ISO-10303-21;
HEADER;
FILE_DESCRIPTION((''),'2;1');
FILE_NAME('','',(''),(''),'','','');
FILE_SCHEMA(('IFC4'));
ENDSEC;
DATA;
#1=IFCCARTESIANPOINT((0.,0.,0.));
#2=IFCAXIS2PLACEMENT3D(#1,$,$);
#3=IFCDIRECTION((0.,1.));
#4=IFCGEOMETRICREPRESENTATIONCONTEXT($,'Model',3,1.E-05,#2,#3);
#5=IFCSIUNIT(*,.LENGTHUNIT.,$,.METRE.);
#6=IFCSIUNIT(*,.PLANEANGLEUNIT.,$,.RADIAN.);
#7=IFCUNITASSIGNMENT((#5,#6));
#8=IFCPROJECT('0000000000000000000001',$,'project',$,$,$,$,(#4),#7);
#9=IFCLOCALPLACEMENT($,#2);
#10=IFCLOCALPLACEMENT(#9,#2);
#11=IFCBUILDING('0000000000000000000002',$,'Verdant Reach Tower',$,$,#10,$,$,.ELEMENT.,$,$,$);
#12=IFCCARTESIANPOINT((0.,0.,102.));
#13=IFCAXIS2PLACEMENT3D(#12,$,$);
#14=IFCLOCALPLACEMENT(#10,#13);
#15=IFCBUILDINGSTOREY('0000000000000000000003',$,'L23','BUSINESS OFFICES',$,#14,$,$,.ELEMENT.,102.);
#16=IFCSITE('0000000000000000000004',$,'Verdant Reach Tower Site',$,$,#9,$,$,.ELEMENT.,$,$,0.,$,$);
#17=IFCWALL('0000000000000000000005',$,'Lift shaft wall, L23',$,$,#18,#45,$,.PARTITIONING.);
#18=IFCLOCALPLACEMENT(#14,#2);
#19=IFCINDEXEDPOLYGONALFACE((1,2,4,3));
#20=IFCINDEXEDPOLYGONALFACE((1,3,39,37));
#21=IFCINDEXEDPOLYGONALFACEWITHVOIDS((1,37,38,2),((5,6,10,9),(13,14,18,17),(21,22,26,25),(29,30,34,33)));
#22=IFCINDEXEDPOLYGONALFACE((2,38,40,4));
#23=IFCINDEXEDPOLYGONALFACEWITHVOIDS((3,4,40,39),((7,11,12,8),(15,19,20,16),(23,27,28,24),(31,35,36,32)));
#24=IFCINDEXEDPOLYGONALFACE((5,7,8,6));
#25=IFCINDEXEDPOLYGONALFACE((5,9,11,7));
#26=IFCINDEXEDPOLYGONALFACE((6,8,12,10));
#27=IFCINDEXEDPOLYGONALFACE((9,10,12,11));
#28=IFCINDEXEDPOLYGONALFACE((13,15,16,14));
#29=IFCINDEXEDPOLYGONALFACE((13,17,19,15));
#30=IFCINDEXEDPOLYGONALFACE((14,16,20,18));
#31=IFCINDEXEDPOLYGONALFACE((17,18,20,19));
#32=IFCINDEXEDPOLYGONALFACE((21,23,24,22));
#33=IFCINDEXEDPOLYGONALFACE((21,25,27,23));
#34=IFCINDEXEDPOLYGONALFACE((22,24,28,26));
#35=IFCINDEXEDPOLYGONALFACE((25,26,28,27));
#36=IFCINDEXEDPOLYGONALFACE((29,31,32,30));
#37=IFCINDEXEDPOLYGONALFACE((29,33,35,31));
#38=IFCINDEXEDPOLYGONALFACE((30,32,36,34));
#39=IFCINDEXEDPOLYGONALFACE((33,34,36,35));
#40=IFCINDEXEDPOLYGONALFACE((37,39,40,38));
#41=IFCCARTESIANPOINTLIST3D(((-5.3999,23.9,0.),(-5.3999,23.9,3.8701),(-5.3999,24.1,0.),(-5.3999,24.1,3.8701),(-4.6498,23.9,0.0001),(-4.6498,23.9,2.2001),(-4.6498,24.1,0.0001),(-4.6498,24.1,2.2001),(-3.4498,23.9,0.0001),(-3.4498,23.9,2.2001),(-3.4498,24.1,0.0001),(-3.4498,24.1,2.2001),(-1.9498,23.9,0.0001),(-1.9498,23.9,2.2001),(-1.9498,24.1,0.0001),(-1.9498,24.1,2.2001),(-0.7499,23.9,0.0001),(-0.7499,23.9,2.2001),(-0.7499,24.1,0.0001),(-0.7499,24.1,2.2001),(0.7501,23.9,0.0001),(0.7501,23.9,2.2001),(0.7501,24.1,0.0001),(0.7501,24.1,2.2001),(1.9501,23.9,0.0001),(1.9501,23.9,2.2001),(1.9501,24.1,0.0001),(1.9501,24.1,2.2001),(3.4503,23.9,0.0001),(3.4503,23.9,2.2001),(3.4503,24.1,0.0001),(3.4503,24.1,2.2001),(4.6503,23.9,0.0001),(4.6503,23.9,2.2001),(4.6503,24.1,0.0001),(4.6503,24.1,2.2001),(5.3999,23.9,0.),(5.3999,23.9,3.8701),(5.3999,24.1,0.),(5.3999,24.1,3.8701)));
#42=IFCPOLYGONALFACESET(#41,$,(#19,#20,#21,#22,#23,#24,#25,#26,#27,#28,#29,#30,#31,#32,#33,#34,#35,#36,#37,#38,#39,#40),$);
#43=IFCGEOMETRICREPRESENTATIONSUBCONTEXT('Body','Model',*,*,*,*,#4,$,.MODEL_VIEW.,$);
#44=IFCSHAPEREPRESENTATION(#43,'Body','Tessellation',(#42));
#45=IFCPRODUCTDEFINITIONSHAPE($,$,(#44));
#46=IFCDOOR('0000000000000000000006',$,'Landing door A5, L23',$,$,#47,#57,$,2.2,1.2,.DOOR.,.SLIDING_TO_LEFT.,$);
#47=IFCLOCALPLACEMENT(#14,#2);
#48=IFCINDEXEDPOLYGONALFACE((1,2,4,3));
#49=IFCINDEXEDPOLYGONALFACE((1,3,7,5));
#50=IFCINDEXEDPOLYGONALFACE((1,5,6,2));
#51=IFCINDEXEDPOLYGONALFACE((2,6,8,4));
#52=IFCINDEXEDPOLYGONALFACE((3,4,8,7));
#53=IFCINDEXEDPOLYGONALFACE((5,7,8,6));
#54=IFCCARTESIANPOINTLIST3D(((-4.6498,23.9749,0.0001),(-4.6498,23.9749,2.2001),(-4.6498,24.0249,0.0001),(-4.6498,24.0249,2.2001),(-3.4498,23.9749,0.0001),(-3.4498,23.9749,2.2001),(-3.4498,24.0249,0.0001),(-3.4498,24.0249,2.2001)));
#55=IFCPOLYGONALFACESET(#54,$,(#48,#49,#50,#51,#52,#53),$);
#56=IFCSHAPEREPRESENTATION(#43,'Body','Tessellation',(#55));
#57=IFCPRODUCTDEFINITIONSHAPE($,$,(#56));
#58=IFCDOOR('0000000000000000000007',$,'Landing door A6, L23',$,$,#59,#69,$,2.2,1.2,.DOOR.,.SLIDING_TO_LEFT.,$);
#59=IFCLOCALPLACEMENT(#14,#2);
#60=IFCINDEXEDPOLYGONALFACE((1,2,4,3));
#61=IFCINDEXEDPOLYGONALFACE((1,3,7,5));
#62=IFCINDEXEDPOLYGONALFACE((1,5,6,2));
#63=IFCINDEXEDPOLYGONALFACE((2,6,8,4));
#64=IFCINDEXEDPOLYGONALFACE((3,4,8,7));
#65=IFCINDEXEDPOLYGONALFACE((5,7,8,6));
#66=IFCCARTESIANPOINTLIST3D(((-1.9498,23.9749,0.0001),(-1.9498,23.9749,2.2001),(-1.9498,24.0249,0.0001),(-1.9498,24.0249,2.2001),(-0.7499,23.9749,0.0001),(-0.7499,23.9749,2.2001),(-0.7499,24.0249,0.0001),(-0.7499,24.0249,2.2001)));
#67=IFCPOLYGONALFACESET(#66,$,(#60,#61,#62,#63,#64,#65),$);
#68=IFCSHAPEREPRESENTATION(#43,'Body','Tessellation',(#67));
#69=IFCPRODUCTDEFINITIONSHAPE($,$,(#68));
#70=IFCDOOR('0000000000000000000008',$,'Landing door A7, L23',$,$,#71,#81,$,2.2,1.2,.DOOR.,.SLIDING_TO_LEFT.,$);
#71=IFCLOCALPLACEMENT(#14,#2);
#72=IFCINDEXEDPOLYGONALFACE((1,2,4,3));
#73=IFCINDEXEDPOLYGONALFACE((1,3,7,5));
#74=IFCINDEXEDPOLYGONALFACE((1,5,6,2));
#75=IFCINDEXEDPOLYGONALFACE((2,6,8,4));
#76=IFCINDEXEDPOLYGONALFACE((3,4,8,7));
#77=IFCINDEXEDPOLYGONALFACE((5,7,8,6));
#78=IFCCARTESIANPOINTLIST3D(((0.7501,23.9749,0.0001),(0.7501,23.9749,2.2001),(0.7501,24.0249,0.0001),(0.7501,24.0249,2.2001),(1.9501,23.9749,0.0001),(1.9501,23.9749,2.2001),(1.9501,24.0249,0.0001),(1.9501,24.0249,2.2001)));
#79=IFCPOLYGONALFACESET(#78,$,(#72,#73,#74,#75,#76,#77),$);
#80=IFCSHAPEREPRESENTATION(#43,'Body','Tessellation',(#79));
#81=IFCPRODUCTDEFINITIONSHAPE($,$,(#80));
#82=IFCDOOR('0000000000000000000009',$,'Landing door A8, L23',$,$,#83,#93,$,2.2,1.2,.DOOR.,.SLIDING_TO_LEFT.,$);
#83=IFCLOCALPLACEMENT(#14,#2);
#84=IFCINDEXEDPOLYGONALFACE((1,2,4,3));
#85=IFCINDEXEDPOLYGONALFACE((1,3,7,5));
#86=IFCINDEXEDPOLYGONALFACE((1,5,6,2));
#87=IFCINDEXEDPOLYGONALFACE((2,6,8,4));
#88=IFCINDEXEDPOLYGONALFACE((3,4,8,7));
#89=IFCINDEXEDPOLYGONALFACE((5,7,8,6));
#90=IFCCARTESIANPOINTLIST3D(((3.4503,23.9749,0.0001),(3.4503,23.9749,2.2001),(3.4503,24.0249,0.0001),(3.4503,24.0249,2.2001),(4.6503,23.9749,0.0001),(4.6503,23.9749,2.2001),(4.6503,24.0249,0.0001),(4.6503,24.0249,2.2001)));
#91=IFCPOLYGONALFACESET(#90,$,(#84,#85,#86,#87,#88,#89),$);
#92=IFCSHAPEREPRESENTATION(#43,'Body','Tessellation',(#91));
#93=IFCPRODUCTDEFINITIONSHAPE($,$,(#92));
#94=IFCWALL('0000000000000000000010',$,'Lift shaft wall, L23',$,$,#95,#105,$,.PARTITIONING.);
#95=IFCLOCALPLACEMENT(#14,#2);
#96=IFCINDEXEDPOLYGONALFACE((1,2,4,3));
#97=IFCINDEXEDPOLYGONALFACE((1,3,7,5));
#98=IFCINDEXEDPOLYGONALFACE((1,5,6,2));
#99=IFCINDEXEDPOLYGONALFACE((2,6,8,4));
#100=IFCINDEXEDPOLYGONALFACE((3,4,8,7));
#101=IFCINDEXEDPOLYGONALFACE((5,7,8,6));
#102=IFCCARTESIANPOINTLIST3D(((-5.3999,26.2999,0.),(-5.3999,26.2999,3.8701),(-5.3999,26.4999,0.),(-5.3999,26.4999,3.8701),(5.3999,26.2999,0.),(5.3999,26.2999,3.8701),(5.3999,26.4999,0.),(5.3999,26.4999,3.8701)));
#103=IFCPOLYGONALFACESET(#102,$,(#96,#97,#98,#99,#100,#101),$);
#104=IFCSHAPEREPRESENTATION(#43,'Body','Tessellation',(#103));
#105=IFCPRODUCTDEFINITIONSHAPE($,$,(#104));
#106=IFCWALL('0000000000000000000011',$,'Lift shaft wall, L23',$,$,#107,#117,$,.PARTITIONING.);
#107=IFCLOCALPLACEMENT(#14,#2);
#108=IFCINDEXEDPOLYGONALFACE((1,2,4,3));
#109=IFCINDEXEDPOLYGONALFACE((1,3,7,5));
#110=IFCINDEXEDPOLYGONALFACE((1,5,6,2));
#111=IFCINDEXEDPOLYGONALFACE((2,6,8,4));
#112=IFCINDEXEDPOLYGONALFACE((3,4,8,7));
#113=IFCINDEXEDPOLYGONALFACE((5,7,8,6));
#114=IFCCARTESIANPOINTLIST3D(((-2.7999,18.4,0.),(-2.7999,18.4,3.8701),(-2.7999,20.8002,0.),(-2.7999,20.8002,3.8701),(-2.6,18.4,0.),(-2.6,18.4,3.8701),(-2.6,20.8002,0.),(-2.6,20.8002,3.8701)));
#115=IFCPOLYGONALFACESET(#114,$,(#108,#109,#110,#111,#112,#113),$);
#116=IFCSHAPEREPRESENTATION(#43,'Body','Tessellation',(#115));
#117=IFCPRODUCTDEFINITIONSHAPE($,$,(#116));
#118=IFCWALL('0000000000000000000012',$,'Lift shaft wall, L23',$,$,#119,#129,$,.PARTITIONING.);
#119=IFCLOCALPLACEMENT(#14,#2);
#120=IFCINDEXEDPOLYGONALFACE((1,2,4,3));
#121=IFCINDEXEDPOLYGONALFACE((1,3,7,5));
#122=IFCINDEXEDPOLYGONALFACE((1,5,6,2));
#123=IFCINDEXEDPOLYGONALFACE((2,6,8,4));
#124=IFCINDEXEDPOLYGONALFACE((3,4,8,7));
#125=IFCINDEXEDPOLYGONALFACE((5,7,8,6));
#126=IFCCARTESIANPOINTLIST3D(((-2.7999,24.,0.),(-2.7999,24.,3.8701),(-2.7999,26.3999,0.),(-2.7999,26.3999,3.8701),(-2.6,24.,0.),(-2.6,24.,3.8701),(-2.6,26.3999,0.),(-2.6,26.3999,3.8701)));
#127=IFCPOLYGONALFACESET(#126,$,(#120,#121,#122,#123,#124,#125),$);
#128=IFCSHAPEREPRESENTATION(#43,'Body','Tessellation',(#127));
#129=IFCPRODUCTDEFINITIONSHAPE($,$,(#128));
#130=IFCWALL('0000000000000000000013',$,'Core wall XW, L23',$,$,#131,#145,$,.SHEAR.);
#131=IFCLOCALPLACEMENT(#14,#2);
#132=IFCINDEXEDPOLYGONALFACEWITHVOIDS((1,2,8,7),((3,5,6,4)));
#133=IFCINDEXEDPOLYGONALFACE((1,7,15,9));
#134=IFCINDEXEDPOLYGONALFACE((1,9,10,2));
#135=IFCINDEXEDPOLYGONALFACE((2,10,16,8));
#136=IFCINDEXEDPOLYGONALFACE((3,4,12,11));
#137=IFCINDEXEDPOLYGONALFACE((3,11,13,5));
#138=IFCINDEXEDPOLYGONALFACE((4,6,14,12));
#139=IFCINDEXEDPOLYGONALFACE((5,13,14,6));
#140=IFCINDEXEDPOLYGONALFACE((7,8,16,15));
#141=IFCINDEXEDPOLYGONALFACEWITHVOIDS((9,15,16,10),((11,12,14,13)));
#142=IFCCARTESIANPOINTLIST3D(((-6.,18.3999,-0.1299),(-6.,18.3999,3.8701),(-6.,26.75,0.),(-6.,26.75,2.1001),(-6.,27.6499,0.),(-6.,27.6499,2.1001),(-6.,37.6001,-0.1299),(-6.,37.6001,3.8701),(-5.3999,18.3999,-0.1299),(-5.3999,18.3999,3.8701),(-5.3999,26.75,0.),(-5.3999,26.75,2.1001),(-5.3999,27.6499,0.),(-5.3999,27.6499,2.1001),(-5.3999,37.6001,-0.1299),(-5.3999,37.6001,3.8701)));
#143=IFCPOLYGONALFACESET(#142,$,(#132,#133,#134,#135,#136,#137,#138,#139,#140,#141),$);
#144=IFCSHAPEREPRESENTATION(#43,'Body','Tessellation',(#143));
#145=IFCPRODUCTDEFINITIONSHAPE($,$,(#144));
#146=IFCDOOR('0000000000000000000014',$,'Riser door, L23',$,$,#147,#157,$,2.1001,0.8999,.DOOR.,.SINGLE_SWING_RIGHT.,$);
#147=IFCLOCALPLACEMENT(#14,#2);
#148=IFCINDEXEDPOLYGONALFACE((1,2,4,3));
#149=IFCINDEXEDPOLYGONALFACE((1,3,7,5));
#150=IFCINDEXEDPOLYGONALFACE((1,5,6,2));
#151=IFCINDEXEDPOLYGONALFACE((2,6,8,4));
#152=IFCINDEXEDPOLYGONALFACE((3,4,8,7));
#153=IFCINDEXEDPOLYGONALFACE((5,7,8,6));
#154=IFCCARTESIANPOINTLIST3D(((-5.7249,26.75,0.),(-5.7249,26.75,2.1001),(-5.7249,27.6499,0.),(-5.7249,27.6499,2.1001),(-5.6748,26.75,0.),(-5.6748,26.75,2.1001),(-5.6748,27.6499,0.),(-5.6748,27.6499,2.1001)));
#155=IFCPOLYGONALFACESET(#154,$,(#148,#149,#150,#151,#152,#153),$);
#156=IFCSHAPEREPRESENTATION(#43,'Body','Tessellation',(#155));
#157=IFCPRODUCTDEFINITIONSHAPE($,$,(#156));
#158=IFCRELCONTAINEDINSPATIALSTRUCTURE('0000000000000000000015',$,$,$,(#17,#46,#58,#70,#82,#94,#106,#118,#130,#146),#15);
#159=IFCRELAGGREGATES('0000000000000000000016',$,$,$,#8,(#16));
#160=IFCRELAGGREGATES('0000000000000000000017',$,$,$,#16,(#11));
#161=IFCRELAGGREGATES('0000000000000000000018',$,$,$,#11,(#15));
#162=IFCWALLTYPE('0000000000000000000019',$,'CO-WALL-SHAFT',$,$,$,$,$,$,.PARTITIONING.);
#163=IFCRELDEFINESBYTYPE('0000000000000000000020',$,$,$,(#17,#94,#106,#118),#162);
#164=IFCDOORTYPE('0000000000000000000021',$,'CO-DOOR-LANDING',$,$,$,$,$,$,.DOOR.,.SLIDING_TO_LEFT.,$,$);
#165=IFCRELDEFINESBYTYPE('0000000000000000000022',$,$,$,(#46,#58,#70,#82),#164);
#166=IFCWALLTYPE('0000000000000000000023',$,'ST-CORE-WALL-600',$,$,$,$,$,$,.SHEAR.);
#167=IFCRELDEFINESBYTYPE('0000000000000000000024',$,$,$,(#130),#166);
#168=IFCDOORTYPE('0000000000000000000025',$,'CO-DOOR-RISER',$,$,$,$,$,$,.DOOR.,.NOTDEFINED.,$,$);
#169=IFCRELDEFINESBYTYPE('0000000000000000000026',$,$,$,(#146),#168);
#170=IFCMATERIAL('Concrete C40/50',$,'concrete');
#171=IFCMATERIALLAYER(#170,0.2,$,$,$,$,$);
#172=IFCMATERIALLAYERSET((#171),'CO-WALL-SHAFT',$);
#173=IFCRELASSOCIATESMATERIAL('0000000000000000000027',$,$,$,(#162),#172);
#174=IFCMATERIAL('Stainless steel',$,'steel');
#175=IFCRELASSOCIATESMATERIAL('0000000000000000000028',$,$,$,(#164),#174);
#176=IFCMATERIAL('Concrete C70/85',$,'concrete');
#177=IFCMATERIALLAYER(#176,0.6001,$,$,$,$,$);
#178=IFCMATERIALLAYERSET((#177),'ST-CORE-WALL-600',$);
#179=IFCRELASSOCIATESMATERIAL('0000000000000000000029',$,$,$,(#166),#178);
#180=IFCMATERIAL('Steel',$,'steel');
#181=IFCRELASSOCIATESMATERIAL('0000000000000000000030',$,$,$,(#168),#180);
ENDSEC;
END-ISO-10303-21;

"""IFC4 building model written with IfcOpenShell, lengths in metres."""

from ifc_helpers import new_model, si_unit, direction, frame, frame_2d, origin, place, context, subcontext, project, spatial, rectangle, extrude, material, layer, layer_set, type_object, element, fill, save


model = new_model("IFC4")

# Units and contexts
model_context = context("Model", 3, precision=1e-05, world=origin(), true_north=direction((0.0, 1.0)))
body_context = subcontext(model_context, "Body", "Model", "MODEL_VIEW")
ifc_project = project(units=[si_unit("LENGTHUNIT", "METRE"), si_unit("PLANEANGLEUNIT", "RADIAN")], contexts=[model_context])

# Site, building, storey
site_placement = place(None, origin())
site = spatial("IfcSite", under=ifc_project, at=site_placement, Name="Verdant Reach Tower Site", CompositionType="ELEMENT", RefElevation=0.0)
building_placement = place(site_placement, origin())
building = spatial("IfcBuilding", under=site, at=building_placement, Name="Verdant Reach Tower", CompositionType="ELEMENT")
storey_placement = place(building_placement, frame((0.0, 0.0, 102.0)))
storey = spatial("IfcBuildingStorey", under=building, at=storey_placement, Name="L23", Description="BUSINESS OFFICES", CompositionType="ELEMENT", Elevation=102.0)

# Wall, openings, doors
ifc_material_1 = material(Name="Concrete C40/50", Category="concrete")
ifc_layer_1 = layer(ifc_material_1, 0.2)
ifc_layer_set_1 = layer_set([ifc_layer_1], Name="CO-WALL-SHAFT")
wall_type_1 = type_object("IfcWallType", Name="CO-WALL-SHAFT", PredefinedType="PARTITIONING", material=ifc_layer_set_1)
ifc_material_2 = material(Name="Stainless steel", Category="steel")
door_type_1 = type_object("IfcDoorType", Name="CO-DOOR-LANDING", OperationType="SLIDING_TO_LEFT", PredefinedType="DOOR", material=ifc_material_2)
wall_1_placement = place(storey_placement, frame((-5.3999, 24.0, 0.0), z_axis=(0.0, 0.0, 1.0), x_axis=(1.0, 0.0, 0.0)))
wall_1 = element("IfcWall", 1, at=wall_1_placement, inside=storey, type_object=wall_type_1, Name="Lift shaft wall, L23", PredefinedType="PARTITIONING", context=body_context, shape_type="SweptSolid", body=[
    extrude(rectangle(XDim=10.7998, YDim=0.2, at=frame_2d((5.3999, 0.0))), origin(), (0.0, 0.0, 1.0), 3.8701),
])
opening_1_placement = place(wall_1_placement, frame((0.75, 0.0, 0.0)))
opening_1 = element("IfcOpeningElement", 2, at=opening_1_placement, cuts=wall_1, PredefinedType="OPENING", context=body_context, shape_type="SweptSolid", body=[
    extrude(rectangle(XDim=1.2, YDim=2.2, at=frame_2d((0.6001, 1.1001))), frame((0.0, 0.1099, 0.0), z_axis=(0.0, -1.0, 0.0), x_axis=(1.0, 0.0, 0.0)), (0.0, 0.0, 1.0), 0.22),
])
opening_2_placement = place(wall_1_placement, frame((3.45, 0.0, 0.0)))
opening_2 = element("IfcOpeningElement", 3, at=opening_2_placement, cuts=wall_1, PredefinedType="OPENING", context=body_context, shape_type="SweptSolid", body=[
    extrude(rectangle(XDim=1.2, YDim=2.2, at=frame_2d((0.6001, 1.1001))), frame((0.0, 0.1099, 0.0), z_axis=(0.0, -1.0, 0.0), x_axis=(1.0, 0.0, 0.0)), (0.0, 0.0, 1.0), 0.22),
])
opening_3_placement = place(wall_1_placement, frame((6.1499, 0.0, 0.0)))
opening_3 = element("IfcOpeningElement", 4, at=opening_3_placement, cuts=wall_1, PredefinedType="OPENING", context=body_context, shape_type="SweptSolid", body=[
    extrude(rectangle(XDim=1.2, YDim=2.2, at=frame_2d((0.6001, 1.1001))), frame((0.0, 0.1099, 0.0), z_axis=(0.0, -1.0, 0.0), x_axis=(1.0, 0.0, 0.0)), (0.0, 0.0, 1.0), 0.22),
])
opening_4_placement = place(wall_1_placement, frame((8.8501, 0.0, 0.0)))
opening_4 = element("IfcOpeningElement", 5, at=opening_4_placement, cuts=wall_1, PredefinedType="OPENING", context=body_context, shape_type="SweptSolid", body=[
    extrude(rectangle(XDim=1.2, YDim=2.2, at=frame_2d((0.6001, 1.1001))), frame((0.0, 0.1099, 0.0), z_axis=(0.0, -1.0, 0.0), x_axis=(1.0, 0.0, 0.0)), (0.0, 0.0, 1.0), 0.22),
])
door_1_placement = place(opening_1_placement, origin())
door_1 = element("IfcDoor", 6, at=door_1_placement, inside=storey, type_object=door_type_1, Name="Landing door A5, L23", OperationType="SLIDING_TO_LEFT", OverallHeight=2.2, OverallWidth=1.2, PredefinedType="DOOR", context=body_context, shape_type="SweptSolid", body=[
    extrude(rectangle(XDim=1.2, YDim=2.2, at=frame_2d((0.6001, 1.1001))), frame((0.0, 0.0249, 0.0), z_axis=(0.0, -1.0, 0.0), x_axis=(1.0, 0.0, 0.0)), (0.0, 0.0, 1.0), 0.05),
])
fill(opening_1, door_1)
door_2_placement = place(opening_2_placement, origin())
door_2 = element("IfcDoor", 7, at=door_2_placement, inside=storey, type_object=door_type_1, Name="Landing door A6, L23", OperationType="SLIDING_TO_LEFT", OverallHeight=2.2, OverallWidth=1.2, PredefinedType="DOOR", context=body_context, shape_type="SweptSolid", body=[
    extrude(rectangle(XDim=1.2, YDim=2.2, at=frame_2d((0.6001, 1.1001))), frame((0.0, 0.0249, 0.0), z_axis=(0.0, -1.0, 0.0), x_axis=(1.0, 0.0, 0.0)), (0.0, 0.0, 1.0), 0.05),
])
fill(opening_2, door_2)
door_3_placement = place(opening_3_placement, origin())
door_3 = element("IfcDoor", 8, at=door_3_placement, inside=storey, type_object=door_type_1, Name="Landing door A7, L23", OperationType="SLIDING_TO_LEFT", OverallHeight=2.2, OverallWidth=1.2, PredefinedType="DOOR", context=body_context, shape_type="SweptSolid", body=[
    extrude(rectangle(XDim=1.2, YDim=2.2, at=frame_2d((0.6001, 1.1001))), frame((0.0, 0.0249, 0.0), z_axis=(0.0, -1.0, 0.0), x_axis=(1.0, 0.0, 0.0)), (0.0, 0.0, 1.0), 0.05),
])
fill(opening_3, door_3)
door_4_placement = place(opening_4_placement, origin())
door_4 = element("IfcDoor", 9, at=door_4_placement, inside=storey, type_object=door_type_1, Name="Landing door A8, L23", OperationType="SLIDING_TO_LEFT", OverallHeight=2.2, OverallWidth=1.2, PredefinedType="DOOR", context=body_context, shape_type="SweptSolid", body=[
    extrude(rectangle(XDim=1.2, YDim=2.2, at=frame_2d((0.6001, 1.1001))), frame((0.0, 0.0249, 0.0), z_axis=(0.0, -1.0, 0.0), x_axis=(1.0, 0.0, 0.0)), (0.0, 0.0, 1.0), 0.05),
])
fill(opening_4, door_4)

# Walls
wall_2_placement = place(storey_placement, frame((-5.3999, 26.3999, 0.0), z_axis=(0.0, 0.0, 1.0), x_axis=(1.0, 0.0, 0.0)))
element("IfcWall", 10, at=wall_2_placement, inside=storey, type_object=wall_type_1, Name="Lift shaft wall, L23", PredefinedType="PARTITIONING", context=body_context, shape_type="SweptSolid", body=[
    extrude(rectangle(XDim=10.7998, YDim=0.2, at=frame_2d((5.3999, 0.0))), origin(), (0.0, 0.0, 1.0), 3.8701),
])
wall_3_placement = place(storey_placement, frame((-2.7, 18.3999, 0.0), z_axis=(0.0, 0.0, 1.0), x_axis=(0.0, 1.0, 0.0)))
element("IfcWall", 11, at=wall_3_placement, inside=storey, type_object=wall_type_1, Name="Lift shaft wall, L23", PredefinedType="PARTITIONING", context=body_context, shape_type="SweptSolid", body=[
    extrude(rectangle(XDim=2.4001, YDim=0.2, at=frame_2d((1.2002, 0.0))), origin(), (0.0, 0.0, 1.0), 3.8701),
])
wall_4_placement = place(storey_placement, frame((-2.7, 24.0, 0.0), z_axis=(0.0, 0.0, 1.0), x_axis=(0.0, 1.0, 0.0)))
element("IfcWall", 12, at=wall_4_placement, inside=storey, type_object=wall_type_1, Name="Lift shaft wall, L23", PredefinedType="PARTITIONING", context=body_context, shape_type="SweptSolid", body=[
    extrude(rectangle(XDim=2.3999, YDim=0.2, at=frame_2d((1.2, 0.0))), origin(), (0.0, 0.0, 1.0), 3.8701),
])

# Wall, opening, door
ifc_material_3 = material(Name="Concrete C70/85", Category="concrete")
ifc_layer_2 = layer(ifc_material_3, 0.6001)
ifc_layer_set_2 = layer_set([ifc_layer_2], Name="ST-CORE-WALL-600")
wall_type_2 = type_object("IfcWallType", Name="ST-CORE-WALL-600", PredefinedType="SHEAR", material=ifc_layer_set_2)
wall_5_placement = place(storey_placement, frame((-5.7, 18.3999, -0.1299), z_axis=(0.0, 0.0, 1.0), x_axis=(0.0, 1.0, 0.0)))
wall_5 = element("IfcWall", 13, at=wall_5_placement, inside=storey, type_object=wall_type_2, Name="Core wall XW, L23", PredefinedType="SHEAR", context=body_context, shape_type="SweptSolid", body=[
    extrude(rectangle(XDim=19.2002, YDim=0.6001, at=frame_2d((9.6001, 0.0))), origin(), (0.0, 0.0, 1.0), 4.0),
])
opening_5_placement = place(wall_5_placement, frame((8.3501, 0.0, 0.1299)))
opening_5 = element("IfcOpeningElement", 14, at=opening_5_placement, cuts=wall_5, PredefinedType="OPENING", context=body_context, shape_type="SweptSolid", body=[
    extrude(rectangle(XDim=0.8999, YDim=2.1001, at=frame_2d((0.45, 1.05))), frame((0.0, 0.3101, 0.0), z_axis=(0.0, -1.0, 0.0), x_axis=(1.0, 0.0, 0.0)), (0.0, 0.0, 1.0), 0.6201),
])
ifc_material_4 = material(Name="Steel", Category="steel")
door_type_2 = type_object("IfcDoorType", Name="CO-DOOR-RISER", OperationType="NOTDEFINED", PredefinedType="DOOR", material=ifc_material_4)
door_5_placement = place(opening_5_placement, origin())
door_5 = element("IfcDoor", 15, at=door_5_placement, inside=storey, type_object=door_type_2, Name="Riser door, L23", OperationType="SINGLE_SWING_RIGHT", OverallHeight=2.1001, OverallWidth=0.8999, PredefinedType="DOOR", context=body_context, shape_type="SweptSolid", body=[
    extrude(rectangle(XDim=0.8999, YDim=2.1001, at=frame_2d((0.45, 1.05))), frame((0.0, 0.0249, 0.0), z_axis=(0.0, -1.0, 0.0), x_axis=(1.0, 0.0, 0.0)), (0.0, 0.0, 1.0), 0.05),
])
fill(opening_5, door_5)

save(model, "model.ifc")
